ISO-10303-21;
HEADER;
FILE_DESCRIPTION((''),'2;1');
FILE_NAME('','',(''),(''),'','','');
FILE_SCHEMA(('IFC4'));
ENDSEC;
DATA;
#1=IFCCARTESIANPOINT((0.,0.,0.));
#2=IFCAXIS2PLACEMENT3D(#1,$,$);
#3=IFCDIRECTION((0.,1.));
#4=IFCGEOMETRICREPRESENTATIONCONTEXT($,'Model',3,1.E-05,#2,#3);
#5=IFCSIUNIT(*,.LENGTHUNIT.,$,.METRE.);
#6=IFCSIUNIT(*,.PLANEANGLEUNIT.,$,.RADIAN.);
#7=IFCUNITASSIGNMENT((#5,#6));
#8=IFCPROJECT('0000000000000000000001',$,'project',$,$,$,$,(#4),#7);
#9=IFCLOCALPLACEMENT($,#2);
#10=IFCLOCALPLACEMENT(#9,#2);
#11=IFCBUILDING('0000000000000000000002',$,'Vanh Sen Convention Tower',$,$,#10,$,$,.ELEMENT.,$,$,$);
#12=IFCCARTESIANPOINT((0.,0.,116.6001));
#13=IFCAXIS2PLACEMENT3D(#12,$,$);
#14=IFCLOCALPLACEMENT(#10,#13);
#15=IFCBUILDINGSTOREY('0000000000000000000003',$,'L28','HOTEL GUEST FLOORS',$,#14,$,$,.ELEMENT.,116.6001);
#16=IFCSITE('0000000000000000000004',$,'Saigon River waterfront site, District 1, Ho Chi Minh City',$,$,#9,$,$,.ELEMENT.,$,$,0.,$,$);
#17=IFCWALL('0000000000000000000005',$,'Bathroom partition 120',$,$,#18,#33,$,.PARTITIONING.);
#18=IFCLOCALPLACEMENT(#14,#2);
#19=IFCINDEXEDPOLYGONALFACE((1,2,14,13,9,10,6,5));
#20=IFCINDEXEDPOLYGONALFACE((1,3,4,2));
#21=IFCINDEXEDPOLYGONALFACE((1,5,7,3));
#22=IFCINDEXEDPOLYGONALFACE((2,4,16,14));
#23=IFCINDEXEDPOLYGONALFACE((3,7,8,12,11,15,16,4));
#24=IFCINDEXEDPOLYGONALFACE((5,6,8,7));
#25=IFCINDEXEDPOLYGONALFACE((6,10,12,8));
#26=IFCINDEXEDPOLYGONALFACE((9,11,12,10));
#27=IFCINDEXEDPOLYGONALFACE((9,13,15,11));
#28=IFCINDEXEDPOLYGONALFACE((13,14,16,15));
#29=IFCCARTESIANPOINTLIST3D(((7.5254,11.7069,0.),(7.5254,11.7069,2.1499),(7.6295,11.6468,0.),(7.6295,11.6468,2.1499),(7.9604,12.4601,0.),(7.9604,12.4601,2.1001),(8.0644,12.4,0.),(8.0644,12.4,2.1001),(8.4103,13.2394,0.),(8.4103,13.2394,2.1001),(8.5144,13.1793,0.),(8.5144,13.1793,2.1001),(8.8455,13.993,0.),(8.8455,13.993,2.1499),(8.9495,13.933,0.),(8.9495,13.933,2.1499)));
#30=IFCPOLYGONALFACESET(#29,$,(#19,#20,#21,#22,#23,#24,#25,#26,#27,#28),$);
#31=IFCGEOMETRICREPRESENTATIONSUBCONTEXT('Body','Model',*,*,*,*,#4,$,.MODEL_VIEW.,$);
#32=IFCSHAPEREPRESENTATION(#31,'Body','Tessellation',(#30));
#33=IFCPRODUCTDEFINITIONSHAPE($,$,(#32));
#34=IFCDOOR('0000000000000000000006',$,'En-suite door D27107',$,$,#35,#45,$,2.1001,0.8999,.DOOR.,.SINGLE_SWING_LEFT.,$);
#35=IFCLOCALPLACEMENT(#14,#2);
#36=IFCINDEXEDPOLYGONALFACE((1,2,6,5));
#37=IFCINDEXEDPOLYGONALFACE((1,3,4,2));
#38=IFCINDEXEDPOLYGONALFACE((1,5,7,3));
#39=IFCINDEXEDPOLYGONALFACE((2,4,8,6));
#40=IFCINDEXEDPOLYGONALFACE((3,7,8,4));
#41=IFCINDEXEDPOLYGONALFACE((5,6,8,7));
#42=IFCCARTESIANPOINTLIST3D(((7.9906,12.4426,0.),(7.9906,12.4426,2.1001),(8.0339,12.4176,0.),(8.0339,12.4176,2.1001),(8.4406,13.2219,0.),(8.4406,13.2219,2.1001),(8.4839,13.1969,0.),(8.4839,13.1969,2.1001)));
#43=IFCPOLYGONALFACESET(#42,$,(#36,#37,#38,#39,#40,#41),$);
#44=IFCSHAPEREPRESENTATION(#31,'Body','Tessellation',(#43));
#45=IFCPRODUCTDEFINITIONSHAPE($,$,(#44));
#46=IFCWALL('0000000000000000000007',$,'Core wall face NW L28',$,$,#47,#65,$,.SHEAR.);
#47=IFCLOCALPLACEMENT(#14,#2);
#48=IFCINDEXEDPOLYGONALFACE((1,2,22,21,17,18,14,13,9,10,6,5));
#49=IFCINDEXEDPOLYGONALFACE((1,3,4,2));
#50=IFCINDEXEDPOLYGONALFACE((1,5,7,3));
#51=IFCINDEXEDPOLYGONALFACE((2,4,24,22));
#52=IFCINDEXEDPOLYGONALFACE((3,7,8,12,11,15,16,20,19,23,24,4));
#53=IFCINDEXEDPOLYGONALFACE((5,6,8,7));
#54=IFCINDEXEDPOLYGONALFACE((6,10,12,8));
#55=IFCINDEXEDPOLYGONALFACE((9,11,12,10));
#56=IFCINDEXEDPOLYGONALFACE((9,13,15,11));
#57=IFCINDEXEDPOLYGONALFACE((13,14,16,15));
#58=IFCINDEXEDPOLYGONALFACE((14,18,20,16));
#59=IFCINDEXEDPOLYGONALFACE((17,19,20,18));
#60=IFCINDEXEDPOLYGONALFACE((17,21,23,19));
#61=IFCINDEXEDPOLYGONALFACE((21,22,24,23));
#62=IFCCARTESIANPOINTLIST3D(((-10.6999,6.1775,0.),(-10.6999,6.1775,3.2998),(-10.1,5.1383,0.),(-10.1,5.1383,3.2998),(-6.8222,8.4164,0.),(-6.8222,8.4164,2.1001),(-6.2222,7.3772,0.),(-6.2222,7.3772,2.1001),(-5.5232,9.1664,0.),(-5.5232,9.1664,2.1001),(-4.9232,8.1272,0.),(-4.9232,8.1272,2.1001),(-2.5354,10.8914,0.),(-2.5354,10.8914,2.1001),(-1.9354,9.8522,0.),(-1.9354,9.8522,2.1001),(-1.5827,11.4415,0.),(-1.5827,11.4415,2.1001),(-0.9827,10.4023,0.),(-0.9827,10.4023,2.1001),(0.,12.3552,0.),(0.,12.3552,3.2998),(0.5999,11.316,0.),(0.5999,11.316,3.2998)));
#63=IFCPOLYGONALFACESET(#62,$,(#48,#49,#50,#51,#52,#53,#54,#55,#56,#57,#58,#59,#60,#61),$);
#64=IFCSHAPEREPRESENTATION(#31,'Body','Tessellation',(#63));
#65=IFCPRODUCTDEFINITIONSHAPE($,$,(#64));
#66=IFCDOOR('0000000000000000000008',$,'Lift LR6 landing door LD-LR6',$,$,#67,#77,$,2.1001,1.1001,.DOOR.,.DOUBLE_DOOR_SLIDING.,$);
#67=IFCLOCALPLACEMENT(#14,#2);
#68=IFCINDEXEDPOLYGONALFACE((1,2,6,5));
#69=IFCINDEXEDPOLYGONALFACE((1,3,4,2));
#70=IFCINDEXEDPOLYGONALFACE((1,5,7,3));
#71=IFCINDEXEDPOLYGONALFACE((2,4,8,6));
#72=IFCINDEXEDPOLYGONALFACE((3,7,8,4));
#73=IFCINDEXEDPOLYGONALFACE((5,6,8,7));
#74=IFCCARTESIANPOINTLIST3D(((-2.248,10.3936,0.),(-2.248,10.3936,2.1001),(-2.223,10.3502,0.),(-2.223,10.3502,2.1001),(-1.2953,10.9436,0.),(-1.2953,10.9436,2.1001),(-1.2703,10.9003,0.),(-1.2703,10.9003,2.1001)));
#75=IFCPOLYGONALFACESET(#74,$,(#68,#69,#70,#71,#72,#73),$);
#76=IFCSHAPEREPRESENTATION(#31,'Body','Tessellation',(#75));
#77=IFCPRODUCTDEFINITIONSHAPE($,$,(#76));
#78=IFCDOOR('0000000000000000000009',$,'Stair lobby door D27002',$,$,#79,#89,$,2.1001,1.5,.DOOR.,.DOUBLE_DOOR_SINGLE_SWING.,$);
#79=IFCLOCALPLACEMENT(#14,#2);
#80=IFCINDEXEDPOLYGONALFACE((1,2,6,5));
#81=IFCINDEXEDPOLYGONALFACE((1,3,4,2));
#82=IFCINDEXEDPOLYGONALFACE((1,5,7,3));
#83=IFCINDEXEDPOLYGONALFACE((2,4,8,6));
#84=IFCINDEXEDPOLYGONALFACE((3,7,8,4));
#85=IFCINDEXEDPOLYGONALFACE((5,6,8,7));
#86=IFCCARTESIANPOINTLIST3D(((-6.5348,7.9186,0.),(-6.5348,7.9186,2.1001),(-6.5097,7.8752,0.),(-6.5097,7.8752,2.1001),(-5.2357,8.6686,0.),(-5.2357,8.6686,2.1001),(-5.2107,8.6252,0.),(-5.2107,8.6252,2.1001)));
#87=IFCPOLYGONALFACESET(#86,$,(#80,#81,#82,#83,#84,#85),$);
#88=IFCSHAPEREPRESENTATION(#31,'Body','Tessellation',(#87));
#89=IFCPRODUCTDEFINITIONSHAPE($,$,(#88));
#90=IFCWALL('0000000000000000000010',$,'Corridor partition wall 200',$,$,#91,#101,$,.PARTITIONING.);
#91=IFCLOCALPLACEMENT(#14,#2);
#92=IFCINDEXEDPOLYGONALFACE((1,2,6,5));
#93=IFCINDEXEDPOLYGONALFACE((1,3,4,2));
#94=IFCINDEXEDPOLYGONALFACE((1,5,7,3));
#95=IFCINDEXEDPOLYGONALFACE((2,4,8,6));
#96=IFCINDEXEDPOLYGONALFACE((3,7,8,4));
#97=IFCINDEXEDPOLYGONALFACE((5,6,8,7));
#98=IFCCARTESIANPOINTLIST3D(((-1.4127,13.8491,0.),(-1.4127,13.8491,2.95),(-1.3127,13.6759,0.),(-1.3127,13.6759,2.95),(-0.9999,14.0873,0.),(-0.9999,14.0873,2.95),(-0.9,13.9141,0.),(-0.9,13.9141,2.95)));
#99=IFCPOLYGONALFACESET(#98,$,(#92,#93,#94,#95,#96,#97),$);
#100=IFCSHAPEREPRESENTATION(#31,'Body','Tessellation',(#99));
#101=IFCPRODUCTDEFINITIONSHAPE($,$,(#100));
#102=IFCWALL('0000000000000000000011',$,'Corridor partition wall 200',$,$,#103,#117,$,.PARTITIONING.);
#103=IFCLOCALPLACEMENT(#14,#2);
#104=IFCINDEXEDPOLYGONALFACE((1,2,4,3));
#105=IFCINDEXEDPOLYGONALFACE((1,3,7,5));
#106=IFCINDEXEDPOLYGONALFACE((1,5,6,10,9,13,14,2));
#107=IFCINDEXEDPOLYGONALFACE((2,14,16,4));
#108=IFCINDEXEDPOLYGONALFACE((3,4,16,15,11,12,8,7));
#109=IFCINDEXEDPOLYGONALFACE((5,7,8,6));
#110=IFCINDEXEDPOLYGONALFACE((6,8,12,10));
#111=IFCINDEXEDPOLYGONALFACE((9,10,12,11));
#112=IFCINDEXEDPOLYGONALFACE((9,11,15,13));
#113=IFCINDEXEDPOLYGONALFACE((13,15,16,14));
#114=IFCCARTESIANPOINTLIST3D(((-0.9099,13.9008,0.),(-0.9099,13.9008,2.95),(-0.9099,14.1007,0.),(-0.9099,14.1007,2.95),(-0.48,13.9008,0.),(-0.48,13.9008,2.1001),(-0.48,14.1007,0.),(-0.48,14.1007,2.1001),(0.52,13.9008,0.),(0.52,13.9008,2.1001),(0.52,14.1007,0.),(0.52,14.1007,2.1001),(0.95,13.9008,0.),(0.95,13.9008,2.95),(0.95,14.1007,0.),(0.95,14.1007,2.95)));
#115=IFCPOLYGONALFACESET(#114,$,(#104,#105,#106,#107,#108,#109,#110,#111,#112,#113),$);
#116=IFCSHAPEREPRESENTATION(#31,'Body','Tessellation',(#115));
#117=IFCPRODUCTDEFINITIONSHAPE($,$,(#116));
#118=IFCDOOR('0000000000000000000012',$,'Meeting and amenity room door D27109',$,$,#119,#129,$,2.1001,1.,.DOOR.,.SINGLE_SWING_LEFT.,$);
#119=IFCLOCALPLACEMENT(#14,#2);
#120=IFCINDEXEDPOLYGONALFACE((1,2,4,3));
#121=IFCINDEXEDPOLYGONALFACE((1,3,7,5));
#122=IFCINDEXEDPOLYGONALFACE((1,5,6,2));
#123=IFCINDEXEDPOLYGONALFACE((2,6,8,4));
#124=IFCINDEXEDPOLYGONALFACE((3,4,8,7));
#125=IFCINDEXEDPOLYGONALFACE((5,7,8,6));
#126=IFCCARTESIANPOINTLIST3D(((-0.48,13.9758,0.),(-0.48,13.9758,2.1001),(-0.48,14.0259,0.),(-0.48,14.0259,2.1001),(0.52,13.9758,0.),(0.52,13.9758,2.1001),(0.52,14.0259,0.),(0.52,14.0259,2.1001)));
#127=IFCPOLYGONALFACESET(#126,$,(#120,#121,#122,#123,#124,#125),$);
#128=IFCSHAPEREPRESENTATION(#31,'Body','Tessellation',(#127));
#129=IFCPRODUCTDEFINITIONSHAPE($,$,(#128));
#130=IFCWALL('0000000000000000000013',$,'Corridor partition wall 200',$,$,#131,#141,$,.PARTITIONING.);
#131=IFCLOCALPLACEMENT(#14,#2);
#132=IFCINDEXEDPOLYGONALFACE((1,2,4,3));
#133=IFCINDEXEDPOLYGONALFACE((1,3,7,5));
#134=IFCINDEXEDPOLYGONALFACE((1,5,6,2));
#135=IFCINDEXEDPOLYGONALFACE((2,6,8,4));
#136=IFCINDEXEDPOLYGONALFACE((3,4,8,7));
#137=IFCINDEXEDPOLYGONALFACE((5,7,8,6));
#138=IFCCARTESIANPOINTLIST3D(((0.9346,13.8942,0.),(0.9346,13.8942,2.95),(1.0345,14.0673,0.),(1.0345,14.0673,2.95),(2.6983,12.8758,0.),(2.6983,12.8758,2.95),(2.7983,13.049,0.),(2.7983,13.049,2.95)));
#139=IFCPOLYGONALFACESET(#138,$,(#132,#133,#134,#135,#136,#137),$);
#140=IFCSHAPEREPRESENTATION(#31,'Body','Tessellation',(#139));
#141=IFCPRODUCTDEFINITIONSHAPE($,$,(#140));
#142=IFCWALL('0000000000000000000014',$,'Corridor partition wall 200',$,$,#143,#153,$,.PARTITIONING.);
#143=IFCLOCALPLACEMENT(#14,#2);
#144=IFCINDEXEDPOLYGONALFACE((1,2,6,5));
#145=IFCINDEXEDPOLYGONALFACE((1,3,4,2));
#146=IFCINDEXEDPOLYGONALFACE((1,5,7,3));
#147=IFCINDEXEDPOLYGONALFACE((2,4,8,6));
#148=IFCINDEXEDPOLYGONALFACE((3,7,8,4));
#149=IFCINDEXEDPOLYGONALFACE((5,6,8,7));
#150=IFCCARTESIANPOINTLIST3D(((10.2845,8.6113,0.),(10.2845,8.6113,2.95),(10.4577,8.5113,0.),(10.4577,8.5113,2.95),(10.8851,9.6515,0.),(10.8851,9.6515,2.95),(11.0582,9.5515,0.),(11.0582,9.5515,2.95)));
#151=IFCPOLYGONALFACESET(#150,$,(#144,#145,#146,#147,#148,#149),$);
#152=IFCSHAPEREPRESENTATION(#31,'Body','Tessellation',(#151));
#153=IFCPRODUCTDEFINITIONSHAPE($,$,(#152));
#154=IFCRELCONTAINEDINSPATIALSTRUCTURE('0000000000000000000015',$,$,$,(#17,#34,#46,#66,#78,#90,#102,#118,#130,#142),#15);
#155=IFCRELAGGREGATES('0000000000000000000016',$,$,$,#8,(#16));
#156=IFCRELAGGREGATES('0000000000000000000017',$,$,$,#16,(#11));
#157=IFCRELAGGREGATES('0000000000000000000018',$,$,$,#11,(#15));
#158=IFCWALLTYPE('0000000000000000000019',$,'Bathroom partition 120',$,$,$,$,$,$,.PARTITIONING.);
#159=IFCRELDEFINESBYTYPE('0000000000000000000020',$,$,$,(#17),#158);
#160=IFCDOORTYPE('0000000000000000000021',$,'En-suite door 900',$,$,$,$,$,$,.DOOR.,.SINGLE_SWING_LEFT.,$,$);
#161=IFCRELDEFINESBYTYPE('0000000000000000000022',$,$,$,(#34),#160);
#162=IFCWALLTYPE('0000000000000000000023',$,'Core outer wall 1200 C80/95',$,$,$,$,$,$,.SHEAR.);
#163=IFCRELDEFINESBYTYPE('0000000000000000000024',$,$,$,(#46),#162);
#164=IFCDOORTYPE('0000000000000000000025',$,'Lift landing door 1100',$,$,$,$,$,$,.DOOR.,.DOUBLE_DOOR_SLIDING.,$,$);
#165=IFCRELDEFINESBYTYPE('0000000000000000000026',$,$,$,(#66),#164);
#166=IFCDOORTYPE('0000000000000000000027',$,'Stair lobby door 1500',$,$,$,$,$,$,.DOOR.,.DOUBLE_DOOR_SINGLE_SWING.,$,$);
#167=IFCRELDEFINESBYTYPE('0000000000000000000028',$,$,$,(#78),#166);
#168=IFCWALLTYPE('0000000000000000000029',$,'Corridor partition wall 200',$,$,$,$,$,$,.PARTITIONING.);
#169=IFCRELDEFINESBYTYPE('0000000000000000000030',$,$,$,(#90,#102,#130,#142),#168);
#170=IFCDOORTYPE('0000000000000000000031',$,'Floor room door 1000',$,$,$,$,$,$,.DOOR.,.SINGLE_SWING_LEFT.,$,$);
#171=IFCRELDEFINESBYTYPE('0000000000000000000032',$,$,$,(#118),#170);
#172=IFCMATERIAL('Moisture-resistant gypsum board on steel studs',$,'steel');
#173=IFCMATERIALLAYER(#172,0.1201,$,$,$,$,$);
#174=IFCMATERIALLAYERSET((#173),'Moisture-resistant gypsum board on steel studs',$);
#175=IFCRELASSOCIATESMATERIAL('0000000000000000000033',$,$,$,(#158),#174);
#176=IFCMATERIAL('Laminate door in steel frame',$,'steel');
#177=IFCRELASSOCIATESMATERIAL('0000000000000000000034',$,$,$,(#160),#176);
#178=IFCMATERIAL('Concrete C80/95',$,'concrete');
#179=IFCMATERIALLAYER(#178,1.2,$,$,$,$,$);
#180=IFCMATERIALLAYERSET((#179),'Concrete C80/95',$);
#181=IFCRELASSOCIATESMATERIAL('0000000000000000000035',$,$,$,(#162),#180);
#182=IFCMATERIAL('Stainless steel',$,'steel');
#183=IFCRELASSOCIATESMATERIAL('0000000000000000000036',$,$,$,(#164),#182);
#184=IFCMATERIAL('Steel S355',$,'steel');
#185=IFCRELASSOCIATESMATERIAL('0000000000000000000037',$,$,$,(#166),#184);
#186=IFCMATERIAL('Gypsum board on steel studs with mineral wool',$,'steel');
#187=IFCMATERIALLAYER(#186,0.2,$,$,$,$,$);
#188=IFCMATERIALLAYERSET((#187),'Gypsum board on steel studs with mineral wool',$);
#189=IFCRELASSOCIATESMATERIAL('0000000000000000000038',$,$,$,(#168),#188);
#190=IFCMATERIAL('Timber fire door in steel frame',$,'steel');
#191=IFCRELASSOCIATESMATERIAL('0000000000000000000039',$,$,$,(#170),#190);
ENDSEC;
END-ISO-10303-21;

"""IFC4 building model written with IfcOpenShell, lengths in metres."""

from ifc_helpers import new_model, si_unit, direction, frame, frame_2d, origin, place, context, subcontext, project, spatial, rectangle, extrude, material, layer, layer_set, type_object, element, fill, save


model = new_model("IFC4")

# Units and contexts
model_context = context("Model", 3, precision=1e-05, world=origin(), true_north=direction((0.0, 1.0)))
body_context = subcontext(model_context, "Body", "Model", "MODEL_VIEW")
ifc_project = project(units=[si_unit("LENGTHUNIT", "METRE"), si_unit("PLANEANGLEUNIT", "RADIAN")], contexts=[model_context])

# Site, building, storey
site_placement = place(None, origin())
site = spatial("IfcSite", under=ifc_project, at=site_placement, Name="Saigon River waterfront site, District 1, Ho Chi Minh City", CompositionType="ELEMENT", RefElevation=0.0)
building_placement = place(site_placement, origin())
building = spatial("IfcBuilding", under=site, at=building_placement, Name="Vanh Sen Convention Tower", CompositionType="ELEMENT")
storey_placement = place(building_placement, frame((0.0, 0.0, 116.6001)))
storey = spatial("IfcBuildingStorey", under=building, at=storey_placement, Name="L28", Description="HOTEL GUEST FLOORS", CompositionType="ELEMENT", Elevation=116.6001)

# Wall, opening, door
ifc_material_1 = material(Name="Moisture-resistant gypsum board on steel studs", Category="steel")
ifc_layer_1 = layer(ifc_material_1, 0.1201)
ifc_layer_set_1 = layer_set([ifc_layer_1], Name="Moisture-resistant gypsum board on steel studs")
wall_type_1 = type_object("IfcWallType", Name="Bathroom partition 120", PredefinedType="PARTITIONING", material=ifc_layer_set_1)
wall_1_placement = place(storey_placement, frame((8.8975, 13.9629, 0.0), z_axis=(0.0, 0.0, 1.0), x_axis=(-0.500048, -0.865998, 0.0)))
wall_1 = element("IfcWall", 1, at=wall_1_placement, inside=storey, type_object=wall_type_1, Name="Bathroom partition 120", PredefinedType="PARTITIONING", context=body_context, shape_type="SweptSolid", body=[
    extrude(rectangle(XDim=2.6399, YDim=0.1201, at=frame_2d((1.3198, 0.0))), origin(), (0.0, 0.0, 1.0), 2.1499),
])
opening_1_placement = place(wall_1_placement, frame((0.8701, 0.0, 0.0)))
opening_1 = element("IfcOpeningElement", 2, at=opening_1_placement, cuts=wall_1, PredefinedType="OPENING", context=body_context, shape_type="SweptSolid", body=[
    extrude(rectangle(XDim=0.8999, YDim=2.1001, at=frame_2d((0.45, 1.05))), frame((0.0, 0.0701, 0.0), z_axis=(0.0, -1.0, 0.0), x_axis=(1.0, 0.0, 0.0)), (0.0, 0.0, 1.0), 0.1401),
])
ifc_material_2 = material(Name="Laminate door in steel frame", Category="steel")
door_type_1 = type_object("IfcDoorType", Name="En-suite door 900", OperationType="SINGLE_SWING_LEFT", PredefinedType="DOOR", material=ifc_material_2)
door_1_placement = place(opening_1_placement, origin())
door_1 = element("IfcDoor", 3, at=door_1_placement, inside=storey, type_object=door_type_1, Name="En-suite door D27107", OperationType="SINGLE_SWING_LEFT", OverallHeight=2.1001, OverallWidth=0.8999, PredefinedType="DOOR", context=body_context, shape_type="SweptSolid", body=[
    extrude(rectangle(XDim=0.8999, YDim=2.1001, at=frame_2d((0.45, 1.05))), frame((0.0, 0.0249, 0.0), z_axis=(0.0, -1.0, 0.0), x_axis=(1.0, 0.0, 0.0)), (0.0, 0.0, 1.0), 0.05),
])
fill(opening_1, door_1)

# Wall, openings, doors
ifc_material_3 = material(Name="Concrete C80/95", Category="concrete")
ifc_layer_2 = layer(ifc_material_3, 1.2)
ifc_layer_set_2 = layer_set([ifc_layer_2], Name="Concrete C80/95")
wall_type_2 = type_object("IfcWallType", Name="Core outer wall 1200 C80/95", PredefinedType="SHEAR", material=ifc_layer_set_2)
wall_2_placement = place(storey_placement, frame((0.3, 11.8357, 0.0), z_axis=(0.0, 0.0, 1.0), x_axis=(-0.866021, -0.500007, 0.0)))
wall_2 = element("IfcWall", 4, at=wall_2_placement, inside=storey, type_object=wall_type_2, Name="Core wall face NW L28", PredefinedType="SHEAR", context=body_context, shape_type="SweptSolid", body=[
    extrude(rectangle(XDim=12.3552, YDim=1.2, at=frame_2d((6.1777, 0.0))), origin(), (0.0, 0.0, 1.0), 3.2998),
])
opening_2_placement = place(wall_2_placement, frame((6.3777, 0.0, 0.0)))
opening_2 = element("IfcOpeningElement", 5, at=opening_2_placement, cuts=wall_2, PredefinedType="OPENING", context=body_context, shape_type="SweptSolid", body=[
    extrude(rectangle(XDim=1.5, YDim=2.1001, at=frame_2d((0.75, 1.05))), frame((0.0, 0.6099, 0.0), z_axis=(0.0, -1.0, 0.0), x_axis=(1.0, 0.0, 0.0)), (0.0, 0.0, 1.0), 1.22),
])
opening_3_placement = place(wall_2_placement, frame((1.8276, 0.0, 0.0)))
opening_3 = element("IfcOpeningElement", 6, at=opening_3_placement, cuts=wall_2, PredefinedType="OPENING", context=body_context, shape_type="SweptSolid", body=[
    extrude(rectangle(XDim=1.1001, YDim=2.1001, at=frame_2d((0.55, 1.05))), frame((0.0, 0.6099, 0.0), z_axis=(0.0, -1.0, 0.0), x_axis=(1.0, 0.0, 0.0)), (0.0, 0.0, 1.0), 1.22),
])
ifc_material_4 = material(Name="Stainless steel", Category="steel")
door_type_2 = type_object("IfcDoorType", Name="Lift landing door 1100", OperationType="DOUBLE_DOOR_SLIDING", PredefinedType="DOOR", material=ifc_material_4)
door_2_placement = place(opening_3_placement, origin())
door_2 = element("IfcDoor", 7, at=door_2_placement, inside=storey, type_object=door_type_2, Name="Lift LR6 landing door LD-LR6", OperationType="DOUBLE_DOOR_SLIDING", OverallHeight=2.1001, OverallWidth=1.1001, PredefinedType="DOOR", context=body_context, shape_type="SweptSolid", body=[
    extrude(rectangle(XDim=1.1001, YDim=2.1001, at=frame_2d((0.55, 1.05))), frame((0.0, 0.0249, 0.0), z_axis=(0.0, -1.0, 0.0), x_axis=(1.0, 0.0, 0.0)), (0.0, 0.0, 1.0), 0.05),
])
fill(opening_3, door_2)
ifc_material_5 = material(Name="Steel S355", Category="steel")
door_type_3 = type_object("IfcDoorType", Name="Stair lobby door 1500", OperationType="DOUBLE_DOOR_SINGLE_SWING", PredefinedType="DOOR", material=ifc_material_5)
door_3_placement = place(opening_2_placement, origin())
door_3 = element("IfcDoor", 8, at=door_3_placement, inside=storey, type_object=door_type_3, Name="Stair lobby door D27002", OperationType="DOUBLE_DOOR_SINGLE_SWING", OverallHeight=2.1001, OverallWidth=1.5, PredefinedType="DOOR", context=body_context, shape_type="SweptSolid", body=[
    extrude(rectangle(XDim=1.5, YDim=2.1001, at=frame_2d((0.75, 1.05))), frame((0.0, 0.0249, 0.0), z_axis=(0.0, -1.0, 0.0), x_axis=(1.0, 0.0, 0.0)), (0.0, 0.0, 1.0), 0.05),
])
fill(opening_2, door_3)

# Wall
ifc_material_6 = material(Name="Gypsum board on steel studs with mineral wool", Category="steel")
ifc_layer_3 = layer(ifc_material_6, 0.2)
ifc_layer_set_3 = layer_set([ifc_layer_3], Name="Gypsum board on steel studs with mineral wool")
wall_type_3 = type_object("IfcWallType", Name="Corridor partition wall 200", PredefinedType="PARTITIONING", material=ifc_layer_set_3)
wall_3_placement = place(storey_placement, frame((-0.95, 14.0007, 0.0), z_axis=(0.0, 0.0, 1.0), x_axis=(-0.866092, -0.499885, 0.0)))
element("IfcWall", 9, at=wall_3_placement, inside=storey, type_object=wall_type_3, Name="Corridor partition wall 200", PredefinedType="PARTITIONING", context=body_context, shape_type="SweptSolid", body=[
    extrude(rectangle(XDim=0.4766, YDim=0.2, at=frame_2d((0.2383, 0.0))), origin(), (0.0, 0.0, 1.0), 2.95),
])

# Wall, opening, door
wall_4_placement = place(storey_placement, frame((0.95, 14.0007, 0.0), z_axis=(0.0, 0.0, 1.0), x_axis=(-1.0, 0.0, 0.0)))
wall_4 = element("IfcWall", 10, at=wall_4_placement, inside=storey, type_object=wall_type_3, Name="Corridor partition wall 200", PredefinedType="PARTITIONING", context=body_context, shape_type="SweptSolid", body=[
    extrude(rectangle(XDim=1.8599, YDim=0.2, at=frame_2d((0.9299, 0.0))), origin(), (0.0, 0.0, 1.0), 2.95),
])
opening_4_placement = place(wall_4_placement, frame((0.4299, 0.0, 0.0)))
opening_4 = element("IfcOpeningElement", 11, at=opening_4_placement, cuts=wall_4, PredefinedType="OPENING", context=body_context, shape_type="SweptSolid", body=[
    extrude(rectangle(XDim=1.0, YDim=2.1001, at=frame_2d((0.5, 1.05))), frame((0.0, 0.1099, 0.0), z_axis=(0.0, -1.0, 0.0), x_axis=(1.0, 0.0, 0.0)), (0.0, 0.0, 1.0), 0.22),
])
ifc_material_7 = material(Name="Timber fire door in steel frame", Category="steel")
door_type_4 = type_object("IfcDoorType", Name="Floor room door 1000", OperationType="SINGLE_SWING_LEFT", PredefinedType="DOOR", material=ifc_material_7)
door_4_placement = place(opening_4_placement, origin())
door_4 = element("IfcDoor", 12, at=door_4_placement, inside=storey, type_object=door_type_4, Name="Meeting and amenity room door D27109", OperationType="SINGLE_SWING_LEFT", OverallHeight=2.1001, OverallWidth=1.0, PredefinedType="DOOR", context=body_context, shape_type="SweptSolid", body=[
    extrude(rectangle(XDim=1.0, YDim=2.1001, at=frame_2d((0.5, 1.05))), frame((0.0, 0.0249, 0.0), z_axis=(0.0, -1.0, 0.0), x_axis=(1.0, 0.0, 0.0)), (0.0, 0.0, 1.0), 0.05),
])
fill(opening_4, door_4)

# Walls
wall_5_placement = place(storey_placement, frame((2.7483, 12.9624, 0.0), z_axis=(0.0, 0.0, 1.0), x_axis=(-0.866014, 0.50002, 0.0)))
element("IfcWall", 13, at=wall_5_placement, inside=storey, type_object=wall_type_3, Name="Corridor partition wall 200", PredefinedType="PARTITIONING", context=body_context, shape_type="SweptSolid", body=[
    extrude(rectangle(XDim=2.0366, YDim=0.2, at=frame_2d((1.0183, 0.0))), origin(), (0.0, 0.0, 1.0), 2.95),
])
wall_6_placement = place(storey_placement, frame((10.3711, 8.5613, 0.0), z_axis=(0.0, 0.0, 1.0), x_axis=(0.499986, 0.866033, 0.0)))
element("IfcWall", 14, at=wall_6_placement, inside=storey, type_object=wall_type_3, Name="Corridor partition wall 200", PredefinedType="PARTITIONING", context=body_context, shape_type="SweptSolid", body=[
    extrude(rectangle(XDim=1.2012, YDim=0.2, at=frame_2d((0.6006, 0.0))), origin(), (0.0, 0.0, 1.0), 2.95),
])

save(model, "model.ifc")
